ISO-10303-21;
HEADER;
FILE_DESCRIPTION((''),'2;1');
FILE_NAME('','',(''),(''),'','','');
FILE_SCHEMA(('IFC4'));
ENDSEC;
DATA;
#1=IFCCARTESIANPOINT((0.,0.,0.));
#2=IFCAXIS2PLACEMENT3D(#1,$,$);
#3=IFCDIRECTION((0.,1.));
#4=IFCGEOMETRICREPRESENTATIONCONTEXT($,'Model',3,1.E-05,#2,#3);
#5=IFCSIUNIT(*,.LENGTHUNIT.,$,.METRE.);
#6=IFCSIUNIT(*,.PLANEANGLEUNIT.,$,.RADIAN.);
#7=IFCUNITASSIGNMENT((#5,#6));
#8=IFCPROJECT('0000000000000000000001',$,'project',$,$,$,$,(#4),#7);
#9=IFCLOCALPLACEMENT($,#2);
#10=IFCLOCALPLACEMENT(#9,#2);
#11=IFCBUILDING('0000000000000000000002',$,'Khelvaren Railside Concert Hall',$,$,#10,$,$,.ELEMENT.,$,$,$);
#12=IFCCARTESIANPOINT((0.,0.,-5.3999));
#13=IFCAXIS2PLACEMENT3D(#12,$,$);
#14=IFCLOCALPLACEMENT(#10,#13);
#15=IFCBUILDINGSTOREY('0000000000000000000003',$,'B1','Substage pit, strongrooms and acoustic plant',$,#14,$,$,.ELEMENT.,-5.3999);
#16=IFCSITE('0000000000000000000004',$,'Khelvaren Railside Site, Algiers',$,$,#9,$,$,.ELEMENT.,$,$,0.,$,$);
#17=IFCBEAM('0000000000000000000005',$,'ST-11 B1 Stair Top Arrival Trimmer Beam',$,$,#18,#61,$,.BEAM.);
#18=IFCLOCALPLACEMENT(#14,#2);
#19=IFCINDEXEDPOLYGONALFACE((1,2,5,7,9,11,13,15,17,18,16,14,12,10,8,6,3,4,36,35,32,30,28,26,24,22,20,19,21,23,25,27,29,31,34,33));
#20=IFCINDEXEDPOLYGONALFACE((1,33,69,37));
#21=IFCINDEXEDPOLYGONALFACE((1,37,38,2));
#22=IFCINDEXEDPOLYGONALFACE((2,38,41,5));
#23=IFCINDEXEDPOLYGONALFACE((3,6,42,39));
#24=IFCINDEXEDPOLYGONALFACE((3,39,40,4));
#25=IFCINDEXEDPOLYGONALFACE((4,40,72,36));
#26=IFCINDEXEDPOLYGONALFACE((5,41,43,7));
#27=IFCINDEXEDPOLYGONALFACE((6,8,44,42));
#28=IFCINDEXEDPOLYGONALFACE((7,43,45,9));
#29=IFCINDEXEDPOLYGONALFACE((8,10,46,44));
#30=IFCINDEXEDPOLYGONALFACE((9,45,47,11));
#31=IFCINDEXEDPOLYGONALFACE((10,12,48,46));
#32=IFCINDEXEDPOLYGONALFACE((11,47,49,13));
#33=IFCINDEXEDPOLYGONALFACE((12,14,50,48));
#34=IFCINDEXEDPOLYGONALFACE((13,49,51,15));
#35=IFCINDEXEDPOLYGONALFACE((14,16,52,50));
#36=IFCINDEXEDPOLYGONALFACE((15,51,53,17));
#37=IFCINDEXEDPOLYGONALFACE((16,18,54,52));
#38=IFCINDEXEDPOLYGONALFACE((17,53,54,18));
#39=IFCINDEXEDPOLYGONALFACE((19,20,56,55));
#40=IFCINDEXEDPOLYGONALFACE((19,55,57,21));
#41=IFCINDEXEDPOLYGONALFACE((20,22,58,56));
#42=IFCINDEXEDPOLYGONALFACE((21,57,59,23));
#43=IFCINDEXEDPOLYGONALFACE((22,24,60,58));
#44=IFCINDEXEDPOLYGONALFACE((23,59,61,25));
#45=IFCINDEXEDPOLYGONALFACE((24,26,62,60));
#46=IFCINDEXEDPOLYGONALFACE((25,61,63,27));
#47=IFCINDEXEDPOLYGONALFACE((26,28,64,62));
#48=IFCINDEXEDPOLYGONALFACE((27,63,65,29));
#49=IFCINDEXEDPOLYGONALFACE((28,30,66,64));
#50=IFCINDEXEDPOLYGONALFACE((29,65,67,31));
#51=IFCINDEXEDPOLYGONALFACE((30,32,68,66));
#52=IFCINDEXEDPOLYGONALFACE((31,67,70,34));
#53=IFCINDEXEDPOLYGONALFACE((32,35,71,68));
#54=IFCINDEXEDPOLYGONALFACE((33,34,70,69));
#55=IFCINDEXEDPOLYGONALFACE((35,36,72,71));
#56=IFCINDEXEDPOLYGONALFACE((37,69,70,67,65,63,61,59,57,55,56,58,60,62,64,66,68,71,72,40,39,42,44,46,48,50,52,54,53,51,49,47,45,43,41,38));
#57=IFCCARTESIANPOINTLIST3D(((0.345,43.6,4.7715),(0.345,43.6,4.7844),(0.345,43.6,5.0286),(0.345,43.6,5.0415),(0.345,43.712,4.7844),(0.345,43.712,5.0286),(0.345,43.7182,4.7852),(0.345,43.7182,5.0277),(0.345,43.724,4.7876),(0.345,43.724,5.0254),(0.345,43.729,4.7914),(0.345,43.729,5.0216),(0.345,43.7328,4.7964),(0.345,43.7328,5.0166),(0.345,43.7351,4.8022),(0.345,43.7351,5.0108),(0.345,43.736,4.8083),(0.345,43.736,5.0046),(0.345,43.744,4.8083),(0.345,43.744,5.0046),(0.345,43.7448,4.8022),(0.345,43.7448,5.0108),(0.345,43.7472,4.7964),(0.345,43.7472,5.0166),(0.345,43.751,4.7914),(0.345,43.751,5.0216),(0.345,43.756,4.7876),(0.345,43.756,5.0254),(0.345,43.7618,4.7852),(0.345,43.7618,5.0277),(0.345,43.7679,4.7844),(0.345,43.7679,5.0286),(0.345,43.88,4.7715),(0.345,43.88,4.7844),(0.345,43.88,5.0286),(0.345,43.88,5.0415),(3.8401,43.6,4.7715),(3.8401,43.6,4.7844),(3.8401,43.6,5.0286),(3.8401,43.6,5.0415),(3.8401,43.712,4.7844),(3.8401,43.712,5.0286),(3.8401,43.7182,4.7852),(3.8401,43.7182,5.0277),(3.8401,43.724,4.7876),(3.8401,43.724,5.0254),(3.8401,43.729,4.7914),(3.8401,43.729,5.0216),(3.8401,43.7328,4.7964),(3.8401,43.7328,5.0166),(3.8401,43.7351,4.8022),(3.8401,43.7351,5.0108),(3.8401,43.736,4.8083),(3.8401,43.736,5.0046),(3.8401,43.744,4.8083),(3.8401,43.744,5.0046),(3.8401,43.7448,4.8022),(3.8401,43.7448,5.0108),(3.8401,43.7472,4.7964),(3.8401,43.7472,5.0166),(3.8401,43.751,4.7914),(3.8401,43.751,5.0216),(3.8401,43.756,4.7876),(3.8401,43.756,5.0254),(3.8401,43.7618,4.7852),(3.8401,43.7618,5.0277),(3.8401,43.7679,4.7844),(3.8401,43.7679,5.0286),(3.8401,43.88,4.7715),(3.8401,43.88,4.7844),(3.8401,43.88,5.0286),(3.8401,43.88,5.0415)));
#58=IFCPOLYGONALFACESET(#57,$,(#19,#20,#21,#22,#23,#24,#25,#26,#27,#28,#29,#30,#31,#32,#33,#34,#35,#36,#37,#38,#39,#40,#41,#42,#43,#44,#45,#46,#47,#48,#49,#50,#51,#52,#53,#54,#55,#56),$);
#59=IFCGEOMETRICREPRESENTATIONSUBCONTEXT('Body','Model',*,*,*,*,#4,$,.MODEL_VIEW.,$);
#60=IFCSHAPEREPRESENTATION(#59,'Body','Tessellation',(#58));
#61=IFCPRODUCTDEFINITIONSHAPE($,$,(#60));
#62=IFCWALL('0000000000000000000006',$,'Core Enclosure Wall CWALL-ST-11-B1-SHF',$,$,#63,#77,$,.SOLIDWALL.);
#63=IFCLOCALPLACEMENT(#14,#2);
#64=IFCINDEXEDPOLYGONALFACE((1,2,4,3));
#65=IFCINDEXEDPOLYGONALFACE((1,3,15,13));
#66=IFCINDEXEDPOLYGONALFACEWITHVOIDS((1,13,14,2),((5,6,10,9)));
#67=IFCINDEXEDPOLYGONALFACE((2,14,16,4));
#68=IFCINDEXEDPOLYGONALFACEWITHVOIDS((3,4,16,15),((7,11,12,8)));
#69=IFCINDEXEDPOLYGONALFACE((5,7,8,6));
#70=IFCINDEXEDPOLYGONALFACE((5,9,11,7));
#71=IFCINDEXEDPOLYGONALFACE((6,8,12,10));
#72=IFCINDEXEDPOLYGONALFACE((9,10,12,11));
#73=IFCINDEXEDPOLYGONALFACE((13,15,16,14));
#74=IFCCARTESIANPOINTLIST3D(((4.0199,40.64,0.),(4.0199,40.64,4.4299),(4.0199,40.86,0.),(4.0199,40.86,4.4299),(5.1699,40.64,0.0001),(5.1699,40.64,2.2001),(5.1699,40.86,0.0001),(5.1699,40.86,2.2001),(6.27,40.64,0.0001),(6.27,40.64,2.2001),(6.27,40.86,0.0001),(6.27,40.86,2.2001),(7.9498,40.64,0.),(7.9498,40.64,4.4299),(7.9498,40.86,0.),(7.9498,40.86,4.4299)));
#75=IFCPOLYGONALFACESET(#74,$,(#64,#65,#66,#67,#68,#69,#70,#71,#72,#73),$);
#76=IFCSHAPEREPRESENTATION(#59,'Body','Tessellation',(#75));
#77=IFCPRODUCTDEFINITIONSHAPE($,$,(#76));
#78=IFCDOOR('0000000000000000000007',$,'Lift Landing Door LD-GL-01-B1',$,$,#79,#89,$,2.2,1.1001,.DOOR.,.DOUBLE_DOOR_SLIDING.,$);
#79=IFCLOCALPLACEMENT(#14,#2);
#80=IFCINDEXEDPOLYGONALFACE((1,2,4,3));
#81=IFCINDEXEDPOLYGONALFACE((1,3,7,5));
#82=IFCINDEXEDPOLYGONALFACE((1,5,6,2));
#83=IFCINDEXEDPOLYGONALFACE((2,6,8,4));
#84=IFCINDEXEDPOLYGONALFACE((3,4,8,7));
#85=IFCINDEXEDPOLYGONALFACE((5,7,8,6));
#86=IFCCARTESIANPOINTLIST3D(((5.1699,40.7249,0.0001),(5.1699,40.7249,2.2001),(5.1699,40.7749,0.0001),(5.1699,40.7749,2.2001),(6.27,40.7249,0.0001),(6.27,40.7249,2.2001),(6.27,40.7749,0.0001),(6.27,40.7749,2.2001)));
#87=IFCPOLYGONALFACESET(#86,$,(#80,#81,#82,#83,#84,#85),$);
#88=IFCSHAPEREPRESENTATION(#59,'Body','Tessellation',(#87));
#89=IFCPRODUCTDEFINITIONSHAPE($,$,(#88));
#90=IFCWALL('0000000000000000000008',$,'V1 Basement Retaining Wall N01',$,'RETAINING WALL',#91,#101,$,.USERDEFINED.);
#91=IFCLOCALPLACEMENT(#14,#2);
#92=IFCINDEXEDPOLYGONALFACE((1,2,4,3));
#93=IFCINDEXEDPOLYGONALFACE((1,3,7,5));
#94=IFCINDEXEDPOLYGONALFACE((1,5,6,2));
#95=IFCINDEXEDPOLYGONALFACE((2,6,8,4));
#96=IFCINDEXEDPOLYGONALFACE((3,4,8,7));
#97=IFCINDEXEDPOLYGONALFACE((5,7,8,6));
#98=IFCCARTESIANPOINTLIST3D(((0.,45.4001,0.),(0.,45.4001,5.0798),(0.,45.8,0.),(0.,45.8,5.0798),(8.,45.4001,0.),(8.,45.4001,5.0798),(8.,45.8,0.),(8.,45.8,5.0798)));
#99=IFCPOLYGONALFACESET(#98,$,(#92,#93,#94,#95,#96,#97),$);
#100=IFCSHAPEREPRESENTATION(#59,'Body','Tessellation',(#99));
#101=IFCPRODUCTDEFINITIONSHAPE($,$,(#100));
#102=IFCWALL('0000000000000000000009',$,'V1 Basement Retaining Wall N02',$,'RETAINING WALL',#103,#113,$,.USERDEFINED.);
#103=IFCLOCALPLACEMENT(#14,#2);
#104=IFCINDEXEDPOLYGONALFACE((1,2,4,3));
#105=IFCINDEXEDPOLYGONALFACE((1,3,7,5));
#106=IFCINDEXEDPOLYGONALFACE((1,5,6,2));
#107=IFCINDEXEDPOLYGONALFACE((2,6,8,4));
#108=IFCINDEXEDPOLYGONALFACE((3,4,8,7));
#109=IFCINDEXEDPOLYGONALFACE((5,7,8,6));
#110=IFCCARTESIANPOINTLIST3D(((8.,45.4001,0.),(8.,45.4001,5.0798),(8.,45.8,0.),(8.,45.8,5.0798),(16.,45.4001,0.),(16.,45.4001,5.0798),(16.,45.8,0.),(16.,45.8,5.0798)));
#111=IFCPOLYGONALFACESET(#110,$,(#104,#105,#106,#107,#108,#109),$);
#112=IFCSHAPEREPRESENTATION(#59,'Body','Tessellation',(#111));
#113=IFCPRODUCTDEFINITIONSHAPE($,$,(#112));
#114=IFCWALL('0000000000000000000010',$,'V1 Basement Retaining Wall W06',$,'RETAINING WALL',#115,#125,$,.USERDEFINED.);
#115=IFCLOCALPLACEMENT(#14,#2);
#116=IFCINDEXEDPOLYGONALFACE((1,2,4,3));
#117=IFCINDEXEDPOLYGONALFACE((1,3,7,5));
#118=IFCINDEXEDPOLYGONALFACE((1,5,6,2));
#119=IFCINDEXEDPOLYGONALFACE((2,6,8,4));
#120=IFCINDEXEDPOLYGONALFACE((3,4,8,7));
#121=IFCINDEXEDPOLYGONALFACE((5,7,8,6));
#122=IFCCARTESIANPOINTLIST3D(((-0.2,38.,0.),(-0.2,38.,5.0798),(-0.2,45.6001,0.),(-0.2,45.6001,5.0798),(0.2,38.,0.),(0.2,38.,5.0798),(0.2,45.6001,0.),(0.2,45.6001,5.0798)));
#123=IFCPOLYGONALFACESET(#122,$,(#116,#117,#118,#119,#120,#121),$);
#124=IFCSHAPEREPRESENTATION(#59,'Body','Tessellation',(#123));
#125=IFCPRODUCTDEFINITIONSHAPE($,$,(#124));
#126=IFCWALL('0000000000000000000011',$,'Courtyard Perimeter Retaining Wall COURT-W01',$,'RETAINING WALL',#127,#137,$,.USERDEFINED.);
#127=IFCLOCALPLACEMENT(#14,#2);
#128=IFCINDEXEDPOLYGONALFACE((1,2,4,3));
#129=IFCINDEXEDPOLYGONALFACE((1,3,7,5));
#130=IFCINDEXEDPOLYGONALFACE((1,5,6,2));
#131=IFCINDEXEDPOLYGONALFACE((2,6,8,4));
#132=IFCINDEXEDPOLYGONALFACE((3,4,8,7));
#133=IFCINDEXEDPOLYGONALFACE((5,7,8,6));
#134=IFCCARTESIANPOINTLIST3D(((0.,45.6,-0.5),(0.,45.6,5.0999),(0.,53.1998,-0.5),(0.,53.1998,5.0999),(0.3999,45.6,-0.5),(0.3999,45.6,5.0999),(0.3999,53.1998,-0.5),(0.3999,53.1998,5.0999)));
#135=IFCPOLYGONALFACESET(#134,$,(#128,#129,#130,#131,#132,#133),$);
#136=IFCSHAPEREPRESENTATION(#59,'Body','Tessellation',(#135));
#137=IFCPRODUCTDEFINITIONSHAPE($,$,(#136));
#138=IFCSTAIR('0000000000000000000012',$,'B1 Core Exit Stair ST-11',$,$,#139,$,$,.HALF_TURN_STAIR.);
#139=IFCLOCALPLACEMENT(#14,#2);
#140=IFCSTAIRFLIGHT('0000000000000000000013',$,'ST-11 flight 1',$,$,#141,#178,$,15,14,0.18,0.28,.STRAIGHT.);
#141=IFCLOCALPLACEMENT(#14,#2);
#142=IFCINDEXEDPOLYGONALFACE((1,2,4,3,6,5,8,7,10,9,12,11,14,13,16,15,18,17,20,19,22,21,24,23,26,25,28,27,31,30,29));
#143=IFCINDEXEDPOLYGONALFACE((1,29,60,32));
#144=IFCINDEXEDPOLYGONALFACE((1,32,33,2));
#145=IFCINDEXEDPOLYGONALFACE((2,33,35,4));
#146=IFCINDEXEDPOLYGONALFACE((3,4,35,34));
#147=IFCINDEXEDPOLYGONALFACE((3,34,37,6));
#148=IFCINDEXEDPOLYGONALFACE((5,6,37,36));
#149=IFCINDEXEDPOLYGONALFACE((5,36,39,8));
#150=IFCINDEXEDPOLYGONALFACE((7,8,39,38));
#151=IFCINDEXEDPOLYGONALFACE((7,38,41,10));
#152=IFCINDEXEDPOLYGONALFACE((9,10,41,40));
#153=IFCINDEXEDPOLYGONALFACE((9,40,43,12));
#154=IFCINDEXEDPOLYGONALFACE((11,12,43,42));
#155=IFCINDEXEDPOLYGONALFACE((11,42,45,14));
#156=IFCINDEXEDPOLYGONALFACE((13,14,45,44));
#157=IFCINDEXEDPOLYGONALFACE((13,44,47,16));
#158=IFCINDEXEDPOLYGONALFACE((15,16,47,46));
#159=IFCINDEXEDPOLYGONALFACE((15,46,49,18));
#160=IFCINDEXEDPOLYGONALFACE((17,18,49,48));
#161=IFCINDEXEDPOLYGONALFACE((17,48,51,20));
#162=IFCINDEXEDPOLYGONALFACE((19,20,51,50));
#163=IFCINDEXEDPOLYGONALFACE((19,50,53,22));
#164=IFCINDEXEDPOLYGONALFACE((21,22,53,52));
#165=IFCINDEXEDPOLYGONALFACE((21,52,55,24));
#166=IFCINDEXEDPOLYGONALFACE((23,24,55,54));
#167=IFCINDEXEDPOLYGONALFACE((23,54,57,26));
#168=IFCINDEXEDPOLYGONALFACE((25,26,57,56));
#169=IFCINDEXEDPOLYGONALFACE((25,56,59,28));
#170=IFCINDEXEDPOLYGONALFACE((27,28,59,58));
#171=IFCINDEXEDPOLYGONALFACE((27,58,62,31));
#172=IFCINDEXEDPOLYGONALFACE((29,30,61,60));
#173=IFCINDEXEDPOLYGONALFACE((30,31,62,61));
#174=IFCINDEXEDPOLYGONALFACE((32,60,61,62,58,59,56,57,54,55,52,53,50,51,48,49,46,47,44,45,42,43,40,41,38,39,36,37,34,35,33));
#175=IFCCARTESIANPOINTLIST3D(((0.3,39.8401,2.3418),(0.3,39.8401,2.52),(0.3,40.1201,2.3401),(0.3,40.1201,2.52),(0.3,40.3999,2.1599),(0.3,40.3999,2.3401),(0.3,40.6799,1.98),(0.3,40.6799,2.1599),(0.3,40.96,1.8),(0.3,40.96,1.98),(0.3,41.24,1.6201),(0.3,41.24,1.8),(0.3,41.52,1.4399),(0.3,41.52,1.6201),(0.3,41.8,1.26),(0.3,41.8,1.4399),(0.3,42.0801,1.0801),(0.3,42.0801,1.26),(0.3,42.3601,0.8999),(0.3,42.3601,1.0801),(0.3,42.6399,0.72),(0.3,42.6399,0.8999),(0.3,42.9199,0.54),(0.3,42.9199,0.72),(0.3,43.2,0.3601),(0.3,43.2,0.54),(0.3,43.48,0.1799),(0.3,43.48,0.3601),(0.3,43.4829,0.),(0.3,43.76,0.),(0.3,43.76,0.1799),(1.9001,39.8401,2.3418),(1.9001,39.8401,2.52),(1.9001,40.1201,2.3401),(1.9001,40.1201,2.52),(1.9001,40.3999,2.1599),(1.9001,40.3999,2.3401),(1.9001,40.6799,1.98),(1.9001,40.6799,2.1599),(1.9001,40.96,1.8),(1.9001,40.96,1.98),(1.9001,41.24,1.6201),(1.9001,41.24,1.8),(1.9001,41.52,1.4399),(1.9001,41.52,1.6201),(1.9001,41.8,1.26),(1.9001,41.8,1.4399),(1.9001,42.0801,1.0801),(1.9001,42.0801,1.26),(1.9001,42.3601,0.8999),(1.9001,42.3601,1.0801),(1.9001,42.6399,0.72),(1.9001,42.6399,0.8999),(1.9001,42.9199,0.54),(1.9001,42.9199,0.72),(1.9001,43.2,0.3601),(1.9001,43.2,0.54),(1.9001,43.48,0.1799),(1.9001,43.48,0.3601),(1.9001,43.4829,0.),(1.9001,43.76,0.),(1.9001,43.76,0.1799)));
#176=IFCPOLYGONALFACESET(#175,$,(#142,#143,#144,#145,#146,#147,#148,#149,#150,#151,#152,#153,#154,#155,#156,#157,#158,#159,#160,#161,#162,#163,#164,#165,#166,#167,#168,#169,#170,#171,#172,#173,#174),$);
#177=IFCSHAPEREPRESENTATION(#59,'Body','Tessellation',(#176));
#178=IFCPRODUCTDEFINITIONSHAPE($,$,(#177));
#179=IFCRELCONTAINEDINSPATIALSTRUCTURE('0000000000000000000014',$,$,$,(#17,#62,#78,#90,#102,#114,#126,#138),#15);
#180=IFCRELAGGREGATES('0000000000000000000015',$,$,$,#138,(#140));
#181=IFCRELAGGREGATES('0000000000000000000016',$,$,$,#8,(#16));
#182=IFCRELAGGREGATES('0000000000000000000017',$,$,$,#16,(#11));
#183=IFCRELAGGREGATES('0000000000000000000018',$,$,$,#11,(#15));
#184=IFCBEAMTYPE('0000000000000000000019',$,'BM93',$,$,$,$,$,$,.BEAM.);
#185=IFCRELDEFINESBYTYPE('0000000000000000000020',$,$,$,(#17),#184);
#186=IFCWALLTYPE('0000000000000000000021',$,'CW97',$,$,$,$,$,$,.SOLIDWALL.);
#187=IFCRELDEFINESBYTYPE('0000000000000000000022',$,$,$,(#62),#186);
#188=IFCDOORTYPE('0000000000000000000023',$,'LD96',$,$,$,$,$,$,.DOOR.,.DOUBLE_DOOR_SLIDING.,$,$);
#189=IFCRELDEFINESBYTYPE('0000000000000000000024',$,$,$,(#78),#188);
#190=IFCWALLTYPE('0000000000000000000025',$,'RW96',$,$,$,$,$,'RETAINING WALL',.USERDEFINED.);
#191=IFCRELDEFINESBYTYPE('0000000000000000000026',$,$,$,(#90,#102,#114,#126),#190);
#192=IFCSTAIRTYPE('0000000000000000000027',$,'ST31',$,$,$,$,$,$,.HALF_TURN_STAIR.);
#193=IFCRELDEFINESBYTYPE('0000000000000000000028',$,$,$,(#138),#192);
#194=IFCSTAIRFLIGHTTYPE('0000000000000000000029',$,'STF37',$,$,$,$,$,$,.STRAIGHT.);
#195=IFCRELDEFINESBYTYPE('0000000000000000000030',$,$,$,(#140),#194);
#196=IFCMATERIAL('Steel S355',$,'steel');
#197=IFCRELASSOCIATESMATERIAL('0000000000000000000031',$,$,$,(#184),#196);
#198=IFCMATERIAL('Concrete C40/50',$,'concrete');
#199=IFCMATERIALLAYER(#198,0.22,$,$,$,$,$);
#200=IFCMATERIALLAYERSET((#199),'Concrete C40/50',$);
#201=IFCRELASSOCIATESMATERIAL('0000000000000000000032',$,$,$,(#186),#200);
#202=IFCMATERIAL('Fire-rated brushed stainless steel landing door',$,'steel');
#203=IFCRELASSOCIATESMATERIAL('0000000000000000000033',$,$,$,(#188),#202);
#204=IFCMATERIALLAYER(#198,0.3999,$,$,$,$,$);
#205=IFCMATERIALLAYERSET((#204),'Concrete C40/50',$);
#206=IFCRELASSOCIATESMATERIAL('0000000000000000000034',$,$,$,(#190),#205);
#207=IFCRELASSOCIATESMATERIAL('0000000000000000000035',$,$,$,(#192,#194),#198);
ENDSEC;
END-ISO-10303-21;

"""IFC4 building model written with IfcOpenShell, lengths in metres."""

from ifc_helpers import new_model, si_unit, direction, frame, frame_2d, origin, origin_2d, place, context, subcontext, project, spatial, polyline, rectangle, i_section, outline, extrude, material, layer, layer_set, material_profile, profile_set, type_object, element, fill, aggregate, save


model = new_model("IFC4")

# Units and contexts
model_context = context("Model", 3, precision=1e-05, world=origin(), true_north=direction((0.0, 1.0)))
body_context = subcontext(model_context, "Body", "Model", "MODEL_VIEW")
ifc_project = project(units=[si_unit("LENGTHUNIT", "METRE"), si_unit("PLANEANGLEUNIT", "RADIAN")], contexts=[model_context])

# Site, building, storey
site_placement = place(None, origin())
site = spatial("IfcSite", under=ifc_project, at=site_placement, Name="Khelvaren Railside Site, Algiers", CompositionType="ELEMENT", RefElevation=0.0)
building_placement = place(site_placement, origin())
building = spatial("IfcBuilding", under=site, at=building_placement, Name="Khelvaren Railside Concert Hall", CompositionType="ELEMENT")
storey_placement = place(building_placement, frame((0.0, 0.0, -5.3999)))
storey = spatial("IfcBuildingStorey", under=building, at=storey_placement, Name="B1", Description="Substage pit, strongrooms and acoustic plant", CompositionType="ELEMENT", Elevation=-5.3999)

# Beam
ifc_material_1 = material(Name="Steel S355", Category="steel")
ifc_material_profile_1 = material_profile(ifc_material_1, i_section(OverallWidth=0.28, OverallDepth=0.27, WebThickness=0.0081, FlangeThickness=0.0129, FilletRadius=0.0239, at=origin_2d()), Name="HEA 280")
ifc_profile_set_1 = profile_set([ifc_material_profile_1], Name="Steel S355")
beam_type_1 = type_object("IfcBeamType", Name="BM93", PredefinedType="BEAM", material=ifc_profile_set_1)
beam_1_placement = place(storey_placement, frame((0.345, 43.74, 4.9065), z_axis=(1.0, 0.0, 0.0), x_axis=(0.0, 1.0, 0.0)))
element("IfcBeam", 1, at=beam_1_placement, inside=storey, type_object=beam_type_1, Name="ST-11 B1 Stair Top Arrival Trimmer Beam", PredefinedType="BEAM", context=body_context, shape_type="SweptSolid", body=[
    extrude(i_section(OverallWidth=0.28, OverallDepth=0.27, WebThickness=0.0081, FlangeThickness=0.0129, FilletRadius=0.0239, at=origin_2d()), origin(), (0.0, 0.0, 1.0), 3.4951),
])

# Wall, opening, door
ifc_material_2 = material(Name="Concrete C40/50", Category="concrete")
ifc_layer_1 = layer(ifc_material_2, 0.22)
ifc_layer_set_1 = layer_set([ifc_layer_1], Name="Concrete C40/50")
wall_type_1 = type_object("IfcWallType", Name="CW97", PredefinedType="SOLIDWALL", material=ifc_layer_set_1)
wall_1_placement = place(storey_placement, frame((4.02, 40.75, 0.0), z_axis=(0.0, 0.0, 1.0), x_axis=(1.0, 0.0, 0.0)))
wall_1 = element("IfcWall", 2, at=wall_1_placement, inside=storey, type_object=wall_type_1, Name="Core Enclosure Wall CWALL-ST-11-B1-SHF", PredefinedType="SOLIDWALL", context=body_context, shape_type="SweptSolid", body=[
    extrude(rectangle(XDim=3.9299, YDim=0.22, at=frame_2d((1.9648, 0.0))), origin(), (0.0, 0.0, 1.0), 4.4299),
])
opening_placement = place(wall_1_placement, frame((1.1499, 0.0, 0.0)))
opening = element("IfcOpeningElement", 3, at=opening_placement, cuts=wall_1, PredefinedType="OPENING", context=body_context, shape_type="SweptSolid", body=[
    extrude(rectangle(XDim=1.1001, YDim=2.2, at=frame_2d((0.55, 1.1001))), frame((0.0, 0.1199, 0.0), z_axis=(0.0, -1.0, 0.0), x_axis=(1.0, 0.0, 0.0)), (0.0, 0.0, 1.0), 0.24),
])
ifc_material_3 = material(Name="Fire-rated brushed stainless steel landing door", Category="steel")
door_type = type_object("IfcDoorType", Name="LD96", OperationType="DOUBLE_DOOR_SLIDING", PredefinedType="DOOR", material=ifc_material_3)
door_placement = place(opening_placement, origin())
door = element("IfcDoor", 4, at=door_placement, inside=storey, type_object=door_type, Name="Lift Landing Door LD-GL-01-B1", OperationType="DOUBLE_DOOR_SLIDING", OverallHeight=2.2, OverallWidth=1.1001, PredefinedType="DOOR", context=body_context, shape_type="SweptSolid", body=[
    extrude(rectangle(XDim=1.1001, YDim=2.2, at=frame_2d((0.55, 1.1001))), frame((0.0, 0.0249, 0.0), z_axis=(0.0, -1.0, 0.0), x_axis=(1.0, 0.0, 0.0)), (0.0, 0.0, 1.0), 0.05),
])
fill(opening, door)

# Walls
ifc_layer_2 = layer(ifc_material_2, 0.3999)
ifc_layer_set_2 = layer_set([ifc_layer_2], Name="Concrete C40/50")
wall_type_2 = type_object("IfcWallType", Name="RW96", ElementType="RETAINING WALL", PredefinedType="USERDEFINED", material=ifc_layer_set_2)
for number, where, z_axis, x_axis, name in (
    (5, (8.0, 45.6001, 0.0), (0.0, 0.0, 1.0), (-1.0, 0.0, 0.0), "V1 Basement Retaining Wall N01"),
    (6, (16.0, 45.6001, 0.0), (0.0, 0.0, 1.0), (-1.0, 0.0, 0.0), "V1 Basement Retaining Wall N02"),
):
    element("IfcWall", number, at=place(storey_placement, frame(where, z_axis=z_axis, x_axis=x_axis)), inside=storey, type_object=wall_type_2, Name=name, ObjectType="RETAINING WALL", PredefinedType="USERDEFINED", context=body_context, shape_type="SweptSolid", body=[
        extrude(rectangle(XDim=8.0, YDim=0.3999, at=frame_2d((4.0, 0.0))), origin(), (0.0, 0.0, 1.0), 5.0798),
    ])
wall_2_placement = place(storey_placement, frame((0.0, 45.6001, 0.0), z_axis=(0.0, 0.0, 1.0), x_axis=(0.0, -1.0, 0.0)))
element("IfcWall", 7, at=wall_2_placement, inside=storey, type_object=wall_type_2, Name="V1 Basement Retaining Wall W06", ObjectType="RETAINING WALL", PredefinedType="USERDEFINED", context=body_context, shape_type="SweptSolid", body=[
    extrude(rectangle(XDim=7.6001, YDim=0.3999, at=frame_2d((3.8, 0.0))), origin(), (0.0, 0.0, 1.0), 5.0798),
])
wall_3_placement = place(storey_placement, frame((0.2, 45.6001, -0.5), z_axis=(0.0, 0.0, 1.0), x_axis=(0.0, 1.0, 0.0)))
element("IfcWall", 8, at=wall_3_placement, inside=storey, type_object=wall_type_2, Name="Courtyard Perimeter Retaining Wall COURT-W01", ObjectType="RETAINING WALL", PredefinedType="USERDEFINED", context=body_context, shape_type="SweptSolid", body=[
    extrude(rectangle(XDim=7.5999, YDim=0.3999, at=frame_2d((3.7998, 0.0))), origin(), (0.0, 0.0, 1.0), 5.5999),
])

# Stair, stair flight
stair_type = type_object("IfcStairType", Name="ST31", PredefinedType="HALF_TURN_STAIR", material=ifc_material_2)
stair_placement = place(storey_placement, origin())
stair = element("IfcStair", 9, at=stair_placement, inside=storey, type_object=stair_type, Name="B1 Core Exit Stair ST-11", PredefinedType="HALF_TURN_STAIR")
stair_flight_type = type_object("IfcStairFlightType", Name="STF37", PredefinedType="STRAIGHT", material=ifc_material_2)
stair_flight_1_placement = place(storey_placement, frame((1.1001, 43.76, 0.0), z_axis=(0.0, 0.0, 1.0), x_axis=(0.0, -1.0, 0.0)))
stair_flight_1 = element("IfcStairFlight", 10, at=stair_flight_1_placement, type_object=stair_flight_type, Name="ST-11 flight 1", NumberOfRisers=15, NumberOfTreads=14, PredefinedType="STRAIGHT", RiserHeight=0.18, TreadLength=0.28, context=body_context, shape_type="SweptSolid", body=[
    extrude(outline(polyline([(0.0, 0.0), (0.0, 0.1799), (0.28, 0.1799), (0.28, 0.3601), (0.5601, 0.3601), (0.5601, 0.54), (0.8401, 0.54), (0.8401, 0.72), (1.1201, 0.72), (1.1201, 0.8999), (1.3999, 0.8999), (1.3999, 1.0801), (1.6799, 1.0801), (1.6799, 1.26), (1.96, 1.26), (1.96, 1.4399), (2.24, 1.4399), (2.24, 1.6201), (2.52, 1.6201), (2.52, 1.8), (2.8, 1.8), (2.8, 1.98), (3.0801, 1.98), (3.0801, 2.1599), (3.3601, 2.1599), (3.3601, 2.3401), (3.6399, 2.3401), (3.6399, 2.52), (3.9199, 2.52), (3.9199, 2.7), (3.9199, 2.3418), (0.2771, 0.0), (0.0, 0.0)])), frame((0.0, 0.8, 0.0), z_axis=(0.0, -1.0, 0.0), x_axis=(1.0, 0.0, 0.0)), (0.0, 0.0, 1.0), 1.6001),
])
aggregate(stair, [stair_flight_1])

save(model, "model.ifc")
